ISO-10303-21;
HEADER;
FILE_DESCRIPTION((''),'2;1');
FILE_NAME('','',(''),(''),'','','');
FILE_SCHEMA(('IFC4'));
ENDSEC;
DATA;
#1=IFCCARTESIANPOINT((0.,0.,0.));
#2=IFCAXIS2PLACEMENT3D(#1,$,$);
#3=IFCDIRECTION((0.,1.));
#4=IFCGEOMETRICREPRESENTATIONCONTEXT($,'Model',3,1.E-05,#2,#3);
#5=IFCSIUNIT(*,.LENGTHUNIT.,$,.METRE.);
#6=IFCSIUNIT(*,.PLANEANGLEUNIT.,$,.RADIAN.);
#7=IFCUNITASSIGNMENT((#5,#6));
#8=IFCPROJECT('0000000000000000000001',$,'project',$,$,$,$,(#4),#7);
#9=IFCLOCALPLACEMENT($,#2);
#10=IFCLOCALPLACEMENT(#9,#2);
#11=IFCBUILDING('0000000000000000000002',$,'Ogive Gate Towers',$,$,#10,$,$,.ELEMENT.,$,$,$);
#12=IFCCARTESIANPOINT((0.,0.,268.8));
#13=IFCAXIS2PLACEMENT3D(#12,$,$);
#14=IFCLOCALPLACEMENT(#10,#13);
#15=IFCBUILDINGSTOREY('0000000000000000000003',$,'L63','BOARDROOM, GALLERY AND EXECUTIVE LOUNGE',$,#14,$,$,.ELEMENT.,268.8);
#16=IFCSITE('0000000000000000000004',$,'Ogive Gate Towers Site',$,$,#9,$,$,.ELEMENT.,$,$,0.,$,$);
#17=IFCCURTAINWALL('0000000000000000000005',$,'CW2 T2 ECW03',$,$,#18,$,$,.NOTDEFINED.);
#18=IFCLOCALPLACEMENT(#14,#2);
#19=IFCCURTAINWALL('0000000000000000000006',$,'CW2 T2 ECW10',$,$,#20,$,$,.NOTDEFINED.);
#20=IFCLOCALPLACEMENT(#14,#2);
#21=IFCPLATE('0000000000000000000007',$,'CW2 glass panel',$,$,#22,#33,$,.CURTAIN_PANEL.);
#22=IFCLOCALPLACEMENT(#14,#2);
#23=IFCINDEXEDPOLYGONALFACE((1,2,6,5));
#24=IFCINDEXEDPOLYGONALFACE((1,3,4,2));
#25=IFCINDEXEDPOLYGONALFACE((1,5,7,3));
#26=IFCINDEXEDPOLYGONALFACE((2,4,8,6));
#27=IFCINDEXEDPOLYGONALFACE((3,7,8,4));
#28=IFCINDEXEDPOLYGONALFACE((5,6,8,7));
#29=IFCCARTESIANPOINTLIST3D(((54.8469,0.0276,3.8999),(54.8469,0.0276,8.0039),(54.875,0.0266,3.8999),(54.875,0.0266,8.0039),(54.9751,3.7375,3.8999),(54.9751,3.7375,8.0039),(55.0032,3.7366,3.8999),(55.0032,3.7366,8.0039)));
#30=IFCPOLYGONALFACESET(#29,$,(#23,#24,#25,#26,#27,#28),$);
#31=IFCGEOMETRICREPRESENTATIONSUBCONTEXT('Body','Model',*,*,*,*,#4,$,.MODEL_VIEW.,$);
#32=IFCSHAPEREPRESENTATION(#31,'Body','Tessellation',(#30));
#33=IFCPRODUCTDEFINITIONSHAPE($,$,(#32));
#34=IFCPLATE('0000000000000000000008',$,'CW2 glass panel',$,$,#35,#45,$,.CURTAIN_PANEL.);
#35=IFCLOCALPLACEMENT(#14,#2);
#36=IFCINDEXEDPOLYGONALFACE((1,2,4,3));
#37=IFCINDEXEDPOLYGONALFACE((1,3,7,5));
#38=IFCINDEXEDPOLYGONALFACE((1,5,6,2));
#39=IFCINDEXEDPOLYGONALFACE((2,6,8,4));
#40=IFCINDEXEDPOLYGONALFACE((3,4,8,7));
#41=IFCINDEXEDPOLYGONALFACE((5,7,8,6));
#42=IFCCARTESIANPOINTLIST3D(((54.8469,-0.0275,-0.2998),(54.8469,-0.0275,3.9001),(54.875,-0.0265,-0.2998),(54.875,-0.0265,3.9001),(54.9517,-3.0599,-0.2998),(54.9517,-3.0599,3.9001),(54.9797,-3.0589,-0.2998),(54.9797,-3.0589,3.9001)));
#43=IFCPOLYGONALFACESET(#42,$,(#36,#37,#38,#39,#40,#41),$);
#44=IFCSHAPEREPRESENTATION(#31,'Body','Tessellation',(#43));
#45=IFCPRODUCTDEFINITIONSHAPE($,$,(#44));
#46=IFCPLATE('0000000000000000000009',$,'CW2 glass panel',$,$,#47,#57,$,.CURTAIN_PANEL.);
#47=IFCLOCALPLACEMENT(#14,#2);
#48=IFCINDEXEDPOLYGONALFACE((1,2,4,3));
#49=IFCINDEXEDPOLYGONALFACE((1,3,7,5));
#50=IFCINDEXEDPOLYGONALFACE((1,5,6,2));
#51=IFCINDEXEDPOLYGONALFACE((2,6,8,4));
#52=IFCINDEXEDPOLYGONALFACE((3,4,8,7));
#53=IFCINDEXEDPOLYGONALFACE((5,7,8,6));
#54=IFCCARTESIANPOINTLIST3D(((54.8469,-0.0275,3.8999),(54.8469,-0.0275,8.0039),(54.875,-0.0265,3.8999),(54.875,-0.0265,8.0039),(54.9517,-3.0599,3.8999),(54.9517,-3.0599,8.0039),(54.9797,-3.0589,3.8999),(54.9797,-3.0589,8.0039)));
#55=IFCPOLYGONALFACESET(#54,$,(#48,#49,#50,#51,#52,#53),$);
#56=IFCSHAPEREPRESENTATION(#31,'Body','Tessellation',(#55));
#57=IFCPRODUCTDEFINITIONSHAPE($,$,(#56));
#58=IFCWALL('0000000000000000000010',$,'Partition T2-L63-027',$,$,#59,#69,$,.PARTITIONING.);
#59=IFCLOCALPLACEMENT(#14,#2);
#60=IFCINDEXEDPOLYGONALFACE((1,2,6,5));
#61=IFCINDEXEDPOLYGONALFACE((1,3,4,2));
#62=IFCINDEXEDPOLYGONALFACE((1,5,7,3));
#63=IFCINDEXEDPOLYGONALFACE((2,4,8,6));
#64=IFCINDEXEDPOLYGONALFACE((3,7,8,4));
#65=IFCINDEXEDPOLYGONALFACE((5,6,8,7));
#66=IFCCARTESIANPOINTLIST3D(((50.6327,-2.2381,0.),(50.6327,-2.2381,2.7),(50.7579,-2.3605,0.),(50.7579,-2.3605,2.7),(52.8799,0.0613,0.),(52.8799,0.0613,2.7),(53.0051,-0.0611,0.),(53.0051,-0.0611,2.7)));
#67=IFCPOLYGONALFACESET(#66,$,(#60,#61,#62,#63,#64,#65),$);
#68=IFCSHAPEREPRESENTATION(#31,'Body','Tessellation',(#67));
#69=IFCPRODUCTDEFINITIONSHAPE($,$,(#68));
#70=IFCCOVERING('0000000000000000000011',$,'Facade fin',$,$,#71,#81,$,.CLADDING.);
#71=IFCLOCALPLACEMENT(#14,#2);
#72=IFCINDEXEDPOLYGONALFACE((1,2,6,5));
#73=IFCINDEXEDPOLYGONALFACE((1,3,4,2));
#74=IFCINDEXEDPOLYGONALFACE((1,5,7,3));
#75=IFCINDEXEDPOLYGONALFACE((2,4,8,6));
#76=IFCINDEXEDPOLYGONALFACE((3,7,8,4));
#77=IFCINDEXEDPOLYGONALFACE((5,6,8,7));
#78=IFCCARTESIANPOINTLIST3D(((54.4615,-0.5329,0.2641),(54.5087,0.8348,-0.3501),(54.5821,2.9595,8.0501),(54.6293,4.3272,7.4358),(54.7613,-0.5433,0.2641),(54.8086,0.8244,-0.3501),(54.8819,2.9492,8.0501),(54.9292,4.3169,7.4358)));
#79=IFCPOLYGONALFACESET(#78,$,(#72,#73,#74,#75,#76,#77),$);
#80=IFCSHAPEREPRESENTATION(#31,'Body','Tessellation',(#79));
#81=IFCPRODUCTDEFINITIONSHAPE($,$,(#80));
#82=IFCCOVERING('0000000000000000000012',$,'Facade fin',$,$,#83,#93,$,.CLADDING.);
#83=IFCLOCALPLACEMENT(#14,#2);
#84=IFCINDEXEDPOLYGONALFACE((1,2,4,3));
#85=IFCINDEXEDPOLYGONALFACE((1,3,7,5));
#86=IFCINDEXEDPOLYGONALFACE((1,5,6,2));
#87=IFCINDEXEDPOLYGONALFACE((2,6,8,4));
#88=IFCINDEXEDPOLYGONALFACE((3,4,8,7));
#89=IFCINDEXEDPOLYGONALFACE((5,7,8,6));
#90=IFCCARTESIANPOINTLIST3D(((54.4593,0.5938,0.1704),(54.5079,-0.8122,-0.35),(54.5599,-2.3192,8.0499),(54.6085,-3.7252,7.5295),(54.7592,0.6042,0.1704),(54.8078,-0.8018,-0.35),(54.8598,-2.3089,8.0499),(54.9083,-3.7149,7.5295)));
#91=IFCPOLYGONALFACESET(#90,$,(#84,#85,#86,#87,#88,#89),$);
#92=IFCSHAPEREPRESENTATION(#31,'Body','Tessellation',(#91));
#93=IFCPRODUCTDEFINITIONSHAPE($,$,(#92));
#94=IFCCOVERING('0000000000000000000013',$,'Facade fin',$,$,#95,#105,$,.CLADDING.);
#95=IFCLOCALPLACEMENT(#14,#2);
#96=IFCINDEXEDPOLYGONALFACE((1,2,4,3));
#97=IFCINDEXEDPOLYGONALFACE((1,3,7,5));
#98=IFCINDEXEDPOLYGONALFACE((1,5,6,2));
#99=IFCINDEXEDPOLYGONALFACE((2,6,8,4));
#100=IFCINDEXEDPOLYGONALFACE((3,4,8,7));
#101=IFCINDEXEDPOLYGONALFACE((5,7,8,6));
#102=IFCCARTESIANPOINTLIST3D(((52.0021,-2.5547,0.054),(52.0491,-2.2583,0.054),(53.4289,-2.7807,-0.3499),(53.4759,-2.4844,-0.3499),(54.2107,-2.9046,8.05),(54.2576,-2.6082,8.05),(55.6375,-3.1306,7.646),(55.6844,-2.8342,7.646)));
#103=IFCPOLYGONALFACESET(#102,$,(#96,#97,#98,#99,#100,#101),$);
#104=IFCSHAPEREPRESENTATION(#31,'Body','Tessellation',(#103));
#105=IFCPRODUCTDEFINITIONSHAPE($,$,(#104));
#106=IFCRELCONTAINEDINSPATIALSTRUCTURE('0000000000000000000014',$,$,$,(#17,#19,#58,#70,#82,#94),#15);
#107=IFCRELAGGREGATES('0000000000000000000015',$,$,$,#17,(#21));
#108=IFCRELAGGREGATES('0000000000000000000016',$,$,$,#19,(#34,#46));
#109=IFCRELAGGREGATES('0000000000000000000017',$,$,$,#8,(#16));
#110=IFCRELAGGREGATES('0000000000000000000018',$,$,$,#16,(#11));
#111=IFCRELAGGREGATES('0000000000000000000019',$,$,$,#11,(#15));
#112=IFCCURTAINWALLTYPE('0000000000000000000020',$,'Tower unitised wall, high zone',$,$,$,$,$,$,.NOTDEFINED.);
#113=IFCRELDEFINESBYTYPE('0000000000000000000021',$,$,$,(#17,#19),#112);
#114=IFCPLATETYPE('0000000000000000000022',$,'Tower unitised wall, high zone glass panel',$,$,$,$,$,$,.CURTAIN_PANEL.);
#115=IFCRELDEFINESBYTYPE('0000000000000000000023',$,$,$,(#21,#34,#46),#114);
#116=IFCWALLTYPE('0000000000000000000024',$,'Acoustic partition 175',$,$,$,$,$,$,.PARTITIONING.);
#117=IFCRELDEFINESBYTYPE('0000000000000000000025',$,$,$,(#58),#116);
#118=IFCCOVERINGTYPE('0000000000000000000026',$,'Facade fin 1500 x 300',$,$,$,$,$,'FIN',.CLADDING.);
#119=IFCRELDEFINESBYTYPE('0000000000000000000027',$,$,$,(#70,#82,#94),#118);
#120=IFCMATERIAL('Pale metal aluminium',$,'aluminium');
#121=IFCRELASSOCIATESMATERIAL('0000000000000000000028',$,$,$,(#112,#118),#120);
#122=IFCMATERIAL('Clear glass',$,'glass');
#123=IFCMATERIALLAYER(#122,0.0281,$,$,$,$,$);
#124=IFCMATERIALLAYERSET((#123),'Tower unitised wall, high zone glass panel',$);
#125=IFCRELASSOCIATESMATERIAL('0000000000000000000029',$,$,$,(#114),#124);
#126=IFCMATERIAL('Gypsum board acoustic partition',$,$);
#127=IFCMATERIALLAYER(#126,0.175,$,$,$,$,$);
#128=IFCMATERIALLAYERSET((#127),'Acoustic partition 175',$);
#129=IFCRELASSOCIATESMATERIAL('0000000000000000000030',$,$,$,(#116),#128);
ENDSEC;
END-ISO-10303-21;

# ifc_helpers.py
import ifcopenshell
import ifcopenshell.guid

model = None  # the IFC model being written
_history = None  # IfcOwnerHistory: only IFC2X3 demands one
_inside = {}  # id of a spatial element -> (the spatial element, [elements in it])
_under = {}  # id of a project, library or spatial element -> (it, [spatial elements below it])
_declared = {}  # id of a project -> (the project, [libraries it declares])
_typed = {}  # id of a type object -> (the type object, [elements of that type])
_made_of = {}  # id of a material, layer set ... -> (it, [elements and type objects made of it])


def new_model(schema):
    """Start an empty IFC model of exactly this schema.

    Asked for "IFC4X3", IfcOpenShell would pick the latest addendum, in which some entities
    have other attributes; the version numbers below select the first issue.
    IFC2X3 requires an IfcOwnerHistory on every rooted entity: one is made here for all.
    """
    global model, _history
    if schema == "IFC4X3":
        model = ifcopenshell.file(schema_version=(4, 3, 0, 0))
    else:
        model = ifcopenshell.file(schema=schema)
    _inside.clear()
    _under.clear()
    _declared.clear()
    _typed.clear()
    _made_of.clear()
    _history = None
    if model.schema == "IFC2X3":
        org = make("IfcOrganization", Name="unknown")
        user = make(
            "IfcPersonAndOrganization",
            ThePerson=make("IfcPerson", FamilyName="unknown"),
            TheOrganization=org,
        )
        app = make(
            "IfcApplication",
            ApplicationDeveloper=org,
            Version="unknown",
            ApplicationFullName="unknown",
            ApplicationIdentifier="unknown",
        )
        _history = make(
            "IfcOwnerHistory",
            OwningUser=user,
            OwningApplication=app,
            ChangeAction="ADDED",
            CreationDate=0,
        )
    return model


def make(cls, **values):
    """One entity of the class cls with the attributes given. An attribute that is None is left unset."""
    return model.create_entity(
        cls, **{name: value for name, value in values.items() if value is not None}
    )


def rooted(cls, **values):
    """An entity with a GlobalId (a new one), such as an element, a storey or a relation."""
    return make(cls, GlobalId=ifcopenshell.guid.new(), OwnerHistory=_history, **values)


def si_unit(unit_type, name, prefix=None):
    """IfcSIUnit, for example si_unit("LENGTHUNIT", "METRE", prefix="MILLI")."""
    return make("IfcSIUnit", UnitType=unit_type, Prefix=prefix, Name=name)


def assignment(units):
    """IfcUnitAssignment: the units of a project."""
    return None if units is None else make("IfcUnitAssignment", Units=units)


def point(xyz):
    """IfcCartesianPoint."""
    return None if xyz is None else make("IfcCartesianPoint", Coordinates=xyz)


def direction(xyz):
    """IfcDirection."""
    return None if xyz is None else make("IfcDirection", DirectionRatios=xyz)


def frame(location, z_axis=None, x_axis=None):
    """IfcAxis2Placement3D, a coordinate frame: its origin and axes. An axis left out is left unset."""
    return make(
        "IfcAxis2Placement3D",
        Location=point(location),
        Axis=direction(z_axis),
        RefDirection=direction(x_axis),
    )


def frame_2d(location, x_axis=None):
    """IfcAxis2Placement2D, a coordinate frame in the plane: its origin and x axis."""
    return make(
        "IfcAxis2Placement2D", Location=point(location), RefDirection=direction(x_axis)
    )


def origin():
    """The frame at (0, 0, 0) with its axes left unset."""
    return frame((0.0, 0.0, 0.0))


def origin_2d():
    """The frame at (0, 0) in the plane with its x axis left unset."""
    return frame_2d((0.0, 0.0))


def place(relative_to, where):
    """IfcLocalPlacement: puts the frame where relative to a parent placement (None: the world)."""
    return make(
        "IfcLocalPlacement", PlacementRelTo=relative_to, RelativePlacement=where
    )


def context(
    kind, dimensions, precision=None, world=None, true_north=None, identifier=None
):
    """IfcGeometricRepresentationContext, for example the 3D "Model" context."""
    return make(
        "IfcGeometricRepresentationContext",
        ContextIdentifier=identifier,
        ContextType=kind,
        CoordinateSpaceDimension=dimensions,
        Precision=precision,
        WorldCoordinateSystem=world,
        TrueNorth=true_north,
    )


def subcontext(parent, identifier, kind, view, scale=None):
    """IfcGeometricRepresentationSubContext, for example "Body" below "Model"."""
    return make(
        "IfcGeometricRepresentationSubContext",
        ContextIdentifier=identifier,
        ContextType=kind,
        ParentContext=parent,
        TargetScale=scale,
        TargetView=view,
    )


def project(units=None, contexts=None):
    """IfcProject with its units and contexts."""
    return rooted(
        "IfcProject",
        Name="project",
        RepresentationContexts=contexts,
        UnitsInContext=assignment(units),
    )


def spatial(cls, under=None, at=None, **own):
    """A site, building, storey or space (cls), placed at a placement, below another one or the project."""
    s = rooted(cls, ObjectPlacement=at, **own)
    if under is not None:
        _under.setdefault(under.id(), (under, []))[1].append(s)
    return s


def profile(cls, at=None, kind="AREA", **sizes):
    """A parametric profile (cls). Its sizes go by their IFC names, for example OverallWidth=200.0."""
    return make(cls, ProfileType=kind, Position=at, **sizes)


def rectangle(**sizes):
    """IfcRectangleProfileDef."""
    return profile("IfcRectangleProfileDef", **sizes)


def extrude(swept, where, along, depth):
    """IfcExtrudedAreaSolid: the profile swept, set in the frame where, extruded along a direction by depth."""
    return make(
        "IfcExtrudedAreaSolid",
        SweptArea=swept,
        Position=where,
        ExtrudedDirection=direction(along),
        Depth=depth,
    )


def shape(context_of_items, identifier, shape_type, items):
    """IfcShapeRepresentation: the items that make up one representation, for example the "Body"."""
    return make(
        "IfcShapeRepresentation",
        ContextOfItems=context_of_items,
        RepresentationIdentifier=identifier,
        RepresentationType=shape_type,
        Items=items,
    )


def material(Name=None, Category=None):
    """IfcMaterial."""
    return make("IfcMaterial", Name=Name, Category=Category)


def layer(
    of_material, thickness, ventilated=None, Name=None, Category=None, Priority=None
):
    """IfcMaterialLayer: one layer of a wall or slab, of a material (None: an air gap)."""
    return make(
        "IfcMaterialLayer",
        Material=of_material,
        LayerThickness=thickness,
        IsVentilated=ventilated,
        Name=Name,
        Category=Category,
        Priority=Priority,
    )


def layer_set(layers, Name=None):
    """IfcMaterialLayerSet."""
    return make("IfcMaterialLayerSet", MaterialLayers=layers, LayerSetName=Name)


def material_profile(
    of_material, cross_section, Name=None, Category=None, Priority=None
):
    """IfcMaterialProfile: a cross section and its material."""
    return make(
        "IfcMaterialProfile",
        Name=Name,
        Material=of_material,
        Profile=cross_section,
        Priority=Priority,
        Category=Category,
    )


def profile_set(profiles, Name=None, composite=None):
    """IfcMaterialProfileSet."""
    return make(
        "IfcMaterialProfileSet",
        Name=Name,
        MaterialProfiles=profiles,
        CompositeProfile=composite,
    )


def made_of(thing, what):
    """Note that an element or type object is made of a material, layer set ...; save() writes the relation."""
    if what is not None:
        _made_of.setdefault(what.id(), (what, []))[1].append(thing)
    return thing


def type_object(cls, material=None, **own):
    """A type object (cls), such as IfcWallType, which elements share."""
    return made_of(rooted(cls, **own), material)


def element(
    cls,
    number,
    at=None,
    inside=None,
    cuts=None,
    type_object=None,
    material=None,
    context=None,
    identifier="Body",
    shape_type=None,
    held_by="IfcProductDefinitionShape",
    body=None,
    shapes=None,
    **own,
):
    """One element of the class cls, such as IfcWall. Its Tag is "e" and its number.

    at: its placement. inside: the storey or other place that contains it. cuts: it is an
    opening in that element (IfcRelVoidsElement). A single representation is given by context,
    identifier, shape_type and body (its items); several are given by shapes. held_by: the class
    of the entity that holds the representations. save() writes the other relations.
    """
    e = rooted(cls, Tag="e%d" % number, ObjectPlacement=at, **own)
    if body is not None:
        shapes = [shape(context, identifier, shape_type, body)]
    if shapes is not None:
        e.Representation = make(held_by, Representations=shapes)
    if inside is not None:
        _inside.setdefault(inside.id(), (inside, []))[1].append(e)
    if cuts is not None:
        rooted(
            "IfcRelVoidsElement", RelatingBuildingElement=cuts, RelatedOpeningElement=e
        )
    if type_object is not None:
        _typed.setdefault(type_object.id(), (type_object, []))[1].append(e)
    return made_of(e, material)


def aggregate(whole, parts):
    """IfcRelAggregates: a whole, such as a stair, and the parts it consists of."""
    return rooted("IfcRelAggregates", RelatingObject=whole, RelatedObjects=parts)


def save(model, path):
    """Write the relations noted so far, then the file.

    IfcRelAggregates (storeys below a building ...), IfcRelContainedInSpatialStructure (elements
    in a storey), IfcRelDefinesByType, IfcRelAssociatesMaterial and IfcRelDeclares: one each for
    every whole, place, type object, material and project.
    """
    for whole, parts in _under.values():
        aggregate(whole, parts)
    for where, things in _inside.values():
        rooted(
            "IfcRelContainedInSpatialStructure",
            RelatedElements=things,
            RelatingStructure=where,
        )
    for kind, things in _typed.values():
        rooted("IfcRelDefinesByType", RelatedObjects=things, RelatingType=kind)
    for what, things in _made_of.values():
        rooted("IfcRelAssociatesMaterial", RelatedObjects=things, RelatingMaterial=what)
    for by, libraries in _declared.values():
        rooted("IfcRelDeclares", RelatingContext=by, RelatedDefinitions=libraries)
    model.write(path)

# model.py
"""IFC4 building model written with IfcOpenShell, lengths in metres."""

from ifc_helpers import new_model, si_unit, direction, frame, frame_2d, origin, origin_2d, place, context, subcontext, project, spatial, rectangle, extrude, material, layer, layer_set, material_profile, profile_set, type_object, element, aggregate, save


model = new_model("IFC4")

# Units and contexts
model_context = context("Model", 3, precision=1e-05, world=origin(), true_north=direction((0.0, 1.0)))
body_context = subcontext(model_context, "Body", "Model", "MODEL_VIEW")
ifc_project = project(units=[si_unit("LENGTHUNIT", "METRE"), si_unit("PLANEANGLEUNIT", "RADIAN")], contexts=[model_context])

# Site, building, storey
site_placement = place(None, origin())
site = spatial("IfcSite", under=ifc_project, at=site_placement, Name="Ogive Gate Towers Site", CompositionType="ELEMENT", RefElevation=0.0)
building_placement = place(site_placement, origin())
building = spatial("IfcBuilding", under=site, at=building_placement, Name="Ogive Gate Towers", CompositionType="ELEMENT")
storey_placement = place(building_placement, frame((0.0, 0.0, 268.8)))
storey = spatial("IfcBuildingStorey", under=building, at=storey_placement, Name="L63", Description="BOARDROOM, GALLERY AND EXECUTIVE LOUNGE", CompositionType="ELEMENT", Elevation=268.8)

# Curtain wall
ifc_material_1 = material(Name="Pale metal aluminium", Category="aluminium")
curtain_wall_type_1 = type_object("IfcCurtainWallType", Name="Tower unitised wall, high zone", PredefinedType="NOTDEFINED", material=ifc_material_1)
curtain_wall_1_placement = place(storey_placement, origin())
curtain_wall_1 = element("IfcCurtainWall", 1, at=curtain_wall_1_placement, inside=storey, type_object=curtain_wall_type_1, Name="CW2 T2 ECW03", PredefinedType="NOTDEFINED")

# Curtain wall
curtain_wall_2_placement = place(storey_placement, origin())
curtain_wall_2 = element("IfcCurtainWall", 2, at=curtain_wall_2_placement, inside=storey, type_object=curtain_wall_type_1, Name="CW2 T2 ECW10", PredefinedType="NOTDEFINED")

# Shared definitions
ifc_material_2 = material(Name="Clear glass", Category="glass")

# Plates
ifc_layer_1 = layer(ifc_material_2, 0.0281)
ifc_layer_set_1 = layer_set([ifc_layer_1], Name="Tower unitised wall, high zone glass panel")
plate_type_1 = type_object("IfcPlateType", Name="Tower unitised wall, high zone glass panel", PredefinedType="CURTAIN_PANEL", material=ifc_layer_set_1)
plate_1_placement = place(storey_placement, frame((54.925, 1.8821, 3.8999), z_axis=(0.0, 0.0, 1.0), x_axis=(-0.034533, -0.999404, 0.0)))
plate_1 = element("IfcPlate", 3, at=plate_1_placement, type_object=plate_type_1, Name="CW2 glass panel", PredefinedType="CURTAIN_PANEL", context=body_context, shape_type="SweptSolid", body=[
    extrude(rectangle(XDim=3.7122, YDim=0.0281, at=origin_2d()), origin(), (0.0, 0.0, 1.0), 4.104),
])
aggregate(curtain_wall_1, [plate_1])
plate_2_placement = place(storey_placement, frame((54.9133, -1.5432, -0.2998), z_axis=(0.0, 0.0, 1.0), x_axis=(0.034533, -0.999404, 0.0)))
plate_2 = element("IfcPlate", 4, at=plate_2_placement, type_object=plate_type_1, Name="CW2 glass panel", PredefinedType="CURTAIN_PANEL", context=body_context, shape_type="SweptSolid", body=[
    extrude(rectangle(XDim=3.0342, YDim=0.0281, at=origin_2d()), origin(), (0.0, 0.0, 1.0), 4.2),
])
plate_3_placement = place(storey_placement, frame((54.9133, -1.5432, 3.8999), z_axis=(0.0, 0.0, 1.0), x_axis=(0.034533, -0.999404, 0.0)))
plate_3 = element("IfcPlate", 5, at=plate_3_placement, type_object=plate_type_1, Name="CW2 glass panel", PredefinedType="CURTAIN_PANEL", context=body_context, shape_type="SweptSolid", body=[
    extrude(rectangle(XDim=3.0342, YDim=0.0281, at=origin_2d()), origin(), (0.0, 0.0, 1.0), 4.104),
])
aggregate(curtain_wall_2, [plate_2, plate_3])

# Wall
ifc_material_3 = material(Name="Gypsum board acoustic partition")
ifc_layer_2 = layer(ifc_material_3, 0.175)
ifc_layer_set_2 = layer_set([ifc_layer_2], Name="Acoustic partition 175")
wall_type = type_object("IfcWallType", Name="Acoustic partition 175", PredefinedType="PARTITIONING", material=ifc_layer_set_2)
wall_placement = place(storey_placement, frame((52.9424, 0.0, 0.0), z_axis=(0.0, 0.0, 1.0), x_axis=(-0.698935, -0.715185, 0.0)))
element("IfcWall", 6, at=wall_placement, inside=storey, type_object=wall_type, Name="Partition T2-L63-027", PredefinedType="PARTITIONING", context=body_context, shape_type="SweptSolid", body=[
    extrude(rectangle(XDim=3.2151, YDim=0.175, at=frame_2d((1.6074, 0.0))), origin(), (0.0, 0.0, 1.0), 2.7),
])

# Coverings
ifc_material_profile_1 = material_profile(ifc_material_1, rectangle(XDim=0.3, YDim=1.5, at=origin_2d()), Name="1500 x 300 pale metal aluminium")
ifc_profile_set_1 = profile_set([ifc_material_profile_1], Name="Pale metal aluminium")
covering_type = type_object("IfcCoveringType", Name="Facade fin 1500 x 300", ElementType="FIN", PredefinedType="CLADDING", material=ifc_profile_set_1)
covering_1_placement = place(storey_placement, frame((54.635, 0.1458, -0.043), z_axis=(0.014132, 0.40923, 0.912322), x_axis=(-0.999404, 0.034513, 0.0)))
element("IfcCovering", 7, at=covering_1_placement, inside=storey, type_object=covering_type, Name="Facade fin", PredefinedType="CLADDING", context=body_context, shape_type="SweptSolid", body=[
    extrude(rectangle(XDim=0.3, YDim=1.5, at=origin_2d()), origin(), (0.0, 0.0, 1.0), 8.5342),
])
covering_2_placement = place(storey_placement, frame((54.6335, -0.104, -0.0898), z_axis=(0.011972, -0.346735, 0.937887), x_axis=(0.999404, 0.034508, 0.0)))
element("IfcCovering", 8, at=covering_2_placement, inside=storey, type_object=covering_type, Name="Facade fin", PredefinedType="CLADDING", context=body_context, shape_type="SweptSolid", body=[
    extrude(rectangle(XDim=0.3, YDim=1.5, at=origin_2d()), origin(), (0.0, 0.0, 1.0), 8.4014),
])
covering_3_placement = place(storey_placement, frame((52.739, -2.5195, -0.1479), z_axis=(0.266, -0.042138, 0.963052), x_axis=(0.156462, 0.987684, 0.0)))
element("IfcCovering", 9, at=covering_3_placement, inside=storey, type_object=covering_type, Name="Facade fin", PredefinedType="CLADDING", context=body_context, shape_type="SweptSolid", body=[
    extrude(rectangle(XDim=0.3, YDim=1.5, at=origin_2d()), origin(), (0.0, 0.0, 1.0), 8.3027),
])

save(model, "model.ifc")
